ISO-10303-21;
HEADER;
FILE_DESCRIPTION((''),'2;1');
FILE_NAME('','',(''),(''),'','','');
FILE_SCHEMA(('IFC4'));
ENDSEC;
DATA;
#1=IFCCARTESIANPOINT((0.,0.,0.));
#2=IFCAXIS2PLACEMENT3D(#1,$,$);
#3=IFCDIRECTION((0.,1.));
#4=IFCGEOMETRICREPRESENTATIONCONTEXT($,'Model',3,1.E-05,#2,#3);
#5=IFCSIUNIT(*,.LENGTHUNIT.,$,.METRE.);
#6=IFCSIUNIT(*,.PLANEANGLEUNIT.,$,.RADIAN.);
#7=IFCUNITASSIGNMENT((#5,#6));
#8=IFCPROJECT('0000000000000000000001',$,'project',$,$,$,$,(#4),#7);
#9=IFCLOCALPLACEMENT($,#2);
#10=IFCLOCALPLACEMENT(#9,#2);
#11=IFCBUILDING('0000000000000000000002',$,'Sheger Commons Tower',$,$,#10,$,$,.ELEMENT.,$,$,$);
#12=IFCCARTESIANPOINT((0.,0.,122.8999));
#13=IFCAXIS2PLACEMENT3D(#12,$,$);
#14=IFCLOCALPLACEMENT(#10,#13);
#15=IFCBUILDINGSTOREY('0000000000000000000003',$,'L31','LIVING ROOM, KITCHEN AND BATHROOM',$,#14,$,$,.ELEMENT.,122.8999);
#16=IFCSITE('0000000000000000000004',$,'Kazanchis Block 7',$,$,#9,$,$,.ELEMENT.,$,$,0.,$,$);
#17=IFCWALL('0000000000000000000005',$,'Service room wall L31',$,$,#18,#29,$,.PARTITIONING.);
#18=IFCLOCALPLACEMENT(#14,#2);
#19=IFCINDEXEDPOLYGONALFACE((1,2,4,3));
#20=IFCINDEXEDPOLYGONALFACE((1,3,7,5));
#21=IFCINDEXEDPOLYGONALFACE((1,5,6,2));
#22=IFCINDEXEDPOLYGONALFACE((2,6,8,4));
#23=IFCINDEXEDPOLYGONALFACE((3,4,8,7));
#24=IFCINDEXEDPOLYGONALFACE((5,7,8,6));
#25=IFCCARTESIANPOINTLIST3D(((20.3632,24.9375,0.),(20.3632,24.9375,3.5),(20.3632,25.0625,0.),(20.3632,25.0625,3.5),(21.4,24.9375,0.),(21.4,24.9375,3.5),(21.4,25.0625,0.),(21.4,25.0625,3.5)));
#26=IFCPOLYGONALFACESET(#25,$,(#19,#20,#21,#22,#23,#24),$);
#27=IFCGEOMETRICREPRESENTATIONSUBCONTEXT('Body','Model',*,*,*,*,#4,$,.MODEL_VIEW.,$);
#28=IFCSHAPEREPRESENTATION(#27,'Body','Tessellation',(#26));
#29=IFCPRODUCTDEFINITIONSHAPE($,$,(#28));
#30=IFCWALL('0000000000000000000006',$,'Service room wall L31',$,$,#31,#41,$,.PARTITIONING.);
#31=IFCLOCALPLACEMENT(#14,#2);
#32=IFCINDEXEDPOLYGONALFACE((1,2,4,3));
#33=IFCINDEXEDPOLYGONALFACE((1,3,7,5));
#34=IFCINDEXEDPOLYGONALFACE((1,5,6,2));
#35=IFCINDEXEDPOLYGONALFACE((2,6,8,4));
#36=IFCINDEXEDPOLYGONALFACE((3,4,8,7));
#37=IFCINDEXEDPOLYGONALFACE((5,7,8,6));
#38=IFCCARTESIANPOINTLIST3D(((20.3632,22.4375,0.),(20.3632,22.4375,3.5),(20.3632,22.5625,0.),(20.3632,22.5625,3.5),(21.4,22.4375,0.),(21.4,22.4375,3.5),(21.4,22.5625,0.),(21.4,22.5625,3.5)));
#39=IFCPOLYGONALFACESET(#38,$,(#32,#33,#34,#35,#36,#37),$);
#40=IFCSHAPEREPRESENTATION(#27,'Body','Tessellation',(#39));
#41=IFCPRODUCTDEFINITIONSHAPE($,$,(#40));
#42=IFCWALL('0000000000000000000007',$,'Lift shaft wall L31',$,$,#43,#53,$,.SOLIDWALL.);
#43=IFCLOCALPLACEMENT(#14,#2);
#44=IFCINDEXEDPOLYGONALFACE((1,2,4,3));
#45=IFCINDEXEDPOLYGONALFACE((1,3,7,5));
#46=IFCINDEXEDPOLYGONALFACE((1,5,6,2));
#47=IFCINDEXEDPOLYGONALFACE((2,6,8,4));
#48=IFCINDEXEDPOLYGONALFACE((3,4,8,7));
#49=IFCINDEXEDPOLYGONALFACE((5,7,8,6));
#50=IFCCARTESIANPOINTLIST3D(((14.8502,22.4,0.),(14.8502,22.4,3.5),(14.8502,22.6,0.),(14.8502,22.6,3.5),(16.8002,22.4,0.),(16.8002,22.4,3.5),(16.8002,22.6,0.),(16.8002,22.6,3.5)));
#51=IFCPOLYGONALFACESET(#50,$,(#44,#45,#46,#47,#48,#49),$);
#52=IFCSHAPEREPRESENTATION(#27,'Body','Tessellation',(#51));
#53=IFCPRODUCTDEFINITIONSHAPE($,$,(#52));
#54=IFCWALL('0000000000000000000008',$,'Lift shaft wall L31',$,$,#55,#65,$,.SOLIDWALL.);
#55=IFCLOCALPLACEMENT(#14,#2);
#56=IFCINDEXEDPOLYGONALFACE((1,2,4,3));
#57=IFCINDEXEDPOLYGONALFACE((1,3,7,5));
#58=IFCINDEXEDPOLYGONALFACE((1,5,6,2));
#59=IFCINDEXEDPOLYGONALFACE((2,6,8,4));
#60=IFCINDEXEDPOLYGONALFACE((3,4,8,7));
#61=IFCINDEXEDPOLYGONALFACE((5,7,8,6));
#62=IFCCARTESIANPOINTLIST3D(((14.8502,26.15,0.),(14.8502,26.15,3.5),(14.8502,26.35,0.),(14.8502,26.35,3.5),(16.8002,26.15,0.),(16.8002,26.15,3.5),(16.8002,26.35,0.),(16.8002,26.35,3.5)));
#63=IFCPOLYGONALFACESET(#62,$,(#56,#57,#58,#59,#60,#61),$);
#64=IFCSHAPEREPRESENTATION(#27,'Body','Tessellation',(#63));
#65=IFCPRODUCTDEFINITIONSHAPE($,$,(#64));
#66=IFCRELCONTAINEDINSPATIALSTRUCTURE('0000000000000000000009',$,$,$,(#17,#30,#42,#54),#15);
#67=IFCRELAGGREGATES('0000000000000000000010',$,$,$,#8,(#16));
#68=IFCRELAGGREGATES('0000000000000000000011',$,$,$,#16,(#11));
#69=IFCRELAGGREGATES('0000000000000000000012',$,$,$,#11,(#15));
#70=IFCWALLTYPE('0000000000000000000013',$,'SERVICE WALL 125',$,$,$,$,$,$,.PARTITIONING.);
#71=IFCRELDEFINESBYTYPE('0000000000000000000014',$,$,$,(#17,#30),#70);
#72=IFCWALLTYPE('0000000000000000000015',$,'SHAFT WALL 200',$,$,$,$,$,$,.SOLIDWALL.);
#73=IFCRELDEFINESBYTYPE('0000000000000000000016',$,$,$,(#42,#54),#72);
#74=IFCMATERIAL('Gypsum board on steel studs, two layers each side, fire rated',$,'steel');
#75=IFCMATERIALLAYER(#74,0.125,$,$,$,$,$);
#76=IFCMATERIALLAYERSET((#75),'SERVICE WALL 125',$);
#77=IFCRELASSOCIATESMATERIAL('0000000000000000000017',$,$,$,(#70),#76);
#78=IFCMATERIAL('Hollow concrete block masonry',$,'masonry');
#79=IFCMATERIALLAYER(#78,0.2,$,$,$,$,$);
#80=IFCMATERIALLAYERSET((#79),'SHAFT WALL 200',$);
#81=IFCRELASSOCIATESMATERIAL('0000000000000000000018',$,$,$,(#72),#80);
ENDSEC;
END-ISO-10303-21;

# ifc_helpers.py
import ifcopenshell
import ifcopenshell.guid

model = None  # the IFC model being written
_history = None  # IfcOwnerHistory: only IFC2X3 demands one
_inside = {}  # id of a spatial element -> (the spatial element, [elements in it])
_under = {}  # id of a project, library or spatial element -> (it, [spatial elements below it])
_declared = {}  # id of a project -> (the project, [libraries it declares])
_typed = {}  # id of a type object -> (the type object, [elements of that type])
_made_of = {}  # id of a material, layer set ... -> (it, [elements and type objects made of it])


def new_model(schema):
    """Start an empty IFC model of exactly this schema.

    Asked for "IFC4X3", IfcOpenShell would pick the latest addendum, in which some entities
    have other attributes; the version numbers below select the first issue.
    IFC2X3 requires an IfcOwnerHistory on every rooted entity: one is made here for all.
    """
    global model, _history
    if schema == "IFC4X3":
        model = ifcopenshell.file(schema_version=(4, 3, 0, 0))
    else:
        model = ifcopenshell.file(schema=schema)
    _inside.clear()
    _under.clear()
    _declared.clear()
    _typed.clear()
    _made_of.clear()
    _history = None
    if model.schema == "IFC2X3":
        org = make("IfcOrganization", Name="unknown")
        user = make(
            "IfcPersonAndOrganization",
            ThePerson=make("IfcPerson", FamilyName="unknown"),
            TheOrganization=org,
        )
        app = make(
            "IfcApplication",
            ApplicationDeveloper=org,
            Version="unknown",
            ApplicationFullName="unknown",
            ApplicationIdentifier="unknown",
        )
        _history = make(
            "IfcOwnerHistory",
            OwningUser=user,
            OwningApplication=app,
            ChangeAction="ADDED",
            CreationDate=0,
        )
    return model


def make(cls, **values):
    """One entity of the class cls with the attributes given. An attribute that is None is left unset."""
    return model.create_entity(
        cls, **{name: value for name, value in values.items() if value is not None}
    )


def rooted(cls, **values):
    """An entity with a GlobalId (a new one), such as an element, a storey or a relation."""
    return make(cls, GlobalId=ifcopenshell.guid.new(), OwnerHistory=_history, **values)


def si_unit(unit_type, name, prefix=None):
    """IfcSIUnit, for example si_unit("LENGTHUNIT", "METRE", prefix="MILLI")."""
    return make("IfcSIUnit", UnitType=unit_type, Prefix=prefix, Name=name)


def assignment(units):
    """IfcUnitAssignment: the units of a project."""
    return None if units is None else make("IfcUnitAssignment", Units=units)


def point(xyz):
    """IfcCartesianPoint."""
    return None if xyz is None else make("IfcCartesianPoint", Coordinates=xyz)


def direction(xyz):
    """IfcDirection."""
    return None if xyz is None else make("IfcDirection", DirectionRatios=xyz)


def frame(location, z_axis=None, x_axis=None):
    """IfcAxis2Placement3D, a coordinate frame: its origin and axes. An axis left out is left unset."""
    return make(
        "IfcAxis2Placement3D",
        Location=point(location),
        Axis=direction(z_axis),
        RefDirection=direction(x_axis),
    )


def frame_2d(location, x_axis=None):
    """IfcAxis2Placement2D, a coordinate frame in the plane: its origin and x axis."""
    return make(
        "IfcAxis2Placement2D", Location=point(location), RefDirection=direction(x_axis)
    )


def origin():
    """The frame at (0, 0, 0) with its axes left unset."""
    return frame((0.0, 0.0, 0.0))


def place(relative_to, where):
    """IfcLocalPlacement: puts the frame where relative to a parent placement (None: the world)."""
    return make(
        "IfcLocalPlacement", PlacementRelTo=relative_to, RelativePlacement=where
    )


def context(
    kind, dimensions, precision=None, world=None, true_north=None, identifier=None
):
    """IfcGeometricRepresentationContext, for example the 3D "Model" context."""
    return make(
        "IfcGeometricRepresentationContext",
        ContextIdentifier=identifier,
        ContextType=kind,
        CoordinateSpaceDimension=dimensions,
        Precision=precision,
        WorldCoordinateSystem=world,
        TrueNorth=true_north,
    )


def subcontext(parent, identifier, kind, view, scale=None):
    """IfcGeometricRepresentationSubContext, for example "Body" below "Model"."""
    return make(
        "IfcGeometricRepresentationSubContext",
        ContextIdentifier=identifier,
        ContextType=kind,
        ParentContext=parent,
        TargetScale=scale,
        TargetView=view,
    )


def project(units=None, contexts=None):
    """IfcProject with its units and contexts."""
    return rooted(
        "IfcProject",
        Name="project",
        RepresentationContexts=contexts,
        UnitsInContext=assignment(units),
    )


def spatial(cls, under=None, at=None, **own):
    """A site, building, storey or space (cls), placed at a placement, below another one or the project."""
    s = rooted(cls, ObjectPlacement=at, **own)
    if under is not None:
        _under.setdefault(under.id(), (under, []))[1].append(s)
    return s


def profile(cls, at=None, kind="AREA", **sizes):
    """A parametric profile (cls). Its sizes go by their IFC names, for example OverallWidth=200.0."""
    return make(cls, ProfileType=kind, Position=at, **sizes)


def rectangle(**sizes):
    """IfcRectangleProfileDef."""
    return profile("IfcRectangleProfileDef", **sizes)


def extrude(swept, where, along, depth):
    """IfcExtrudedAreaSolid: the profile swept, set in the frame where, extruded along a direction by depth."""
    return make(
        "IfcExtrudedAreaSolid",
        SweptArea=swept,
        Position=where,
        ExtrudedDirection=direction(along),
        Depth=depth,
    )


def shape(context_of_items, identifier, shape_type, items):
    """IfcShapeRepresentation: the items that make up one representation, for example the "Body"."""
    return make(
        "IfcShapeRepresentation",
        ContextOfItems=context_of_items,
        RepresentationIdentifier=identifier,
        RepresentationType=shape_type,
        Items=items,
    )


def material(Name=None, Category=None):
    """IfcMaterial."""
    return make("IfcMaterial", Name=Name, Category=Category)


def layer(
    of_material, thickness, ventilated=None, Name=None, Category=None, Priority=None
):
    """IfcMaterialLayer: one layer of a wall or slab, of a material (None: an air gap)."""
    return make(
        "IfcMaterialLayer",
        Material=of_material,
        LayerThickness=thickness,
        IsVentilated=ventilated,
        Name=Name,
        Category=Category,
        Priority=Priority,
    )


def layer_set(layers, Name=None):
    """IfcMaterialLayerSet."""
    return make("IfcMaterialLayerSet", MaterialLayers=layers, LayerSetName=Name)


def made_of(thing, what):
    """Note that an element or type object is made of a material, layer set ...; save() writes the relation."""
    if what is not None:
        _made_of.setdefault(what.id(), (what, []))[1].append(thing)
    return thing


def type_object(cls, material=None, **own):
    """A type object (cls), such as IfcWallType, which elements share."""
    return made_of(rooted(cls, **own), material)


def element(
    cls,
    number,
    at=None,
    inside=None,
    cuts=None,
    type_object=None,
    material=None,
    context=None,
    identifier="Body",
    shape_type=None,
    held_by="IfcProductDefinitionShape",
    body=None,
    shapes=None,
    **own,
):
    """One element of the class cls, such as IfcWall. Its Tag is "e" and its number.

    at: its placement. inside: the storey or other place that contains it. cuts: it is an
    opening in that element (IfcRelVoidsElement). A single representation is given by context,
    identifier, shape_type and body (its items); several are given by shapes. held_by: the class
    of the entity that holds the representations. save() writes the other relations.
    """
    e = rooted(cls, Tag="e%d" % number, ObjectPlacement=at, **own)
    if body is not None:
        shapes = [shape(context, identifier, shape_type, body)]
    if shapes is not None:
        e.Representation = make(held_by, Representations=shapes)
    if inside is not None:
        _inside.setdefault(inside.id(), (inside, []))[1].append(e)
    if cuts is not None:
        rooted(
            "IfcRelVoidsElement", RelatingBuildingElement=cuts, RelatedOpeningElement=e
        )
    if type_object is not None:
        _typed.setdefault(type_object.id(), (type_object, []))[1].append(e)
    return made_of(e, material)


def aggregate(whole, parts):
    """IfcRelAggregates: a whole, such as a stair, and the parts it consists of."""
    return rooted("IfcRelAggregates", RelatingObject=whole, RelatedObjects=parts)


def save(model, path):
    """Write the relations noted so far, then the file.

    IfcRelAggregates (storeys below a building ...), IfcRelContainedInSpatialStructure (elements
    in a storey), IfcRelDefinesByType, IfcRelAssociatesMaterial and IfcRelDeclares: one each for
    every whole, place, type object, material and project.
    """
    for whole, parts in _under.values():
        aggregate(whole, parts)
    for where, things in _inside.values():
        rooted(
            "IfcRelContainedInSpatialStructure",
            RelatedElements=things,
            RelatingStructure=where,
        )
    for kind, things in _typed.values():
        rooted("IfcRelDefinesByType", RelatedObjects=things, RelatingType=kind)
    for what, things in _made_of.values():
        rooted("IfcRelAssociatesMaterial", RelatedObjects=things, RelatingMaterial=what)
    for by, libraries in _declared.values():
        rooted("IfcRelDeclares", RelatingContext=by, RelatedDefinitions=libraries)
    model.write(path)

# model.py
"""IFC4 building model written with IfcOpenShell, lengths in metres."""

from ifc_helpers import new_model, si_unit, direction, frame, frame_2d, origin, place, context, subcontext, project, spatial, rectangle, extrude, material, layer, layer_set, type_object, element, save


model = new_model("IFC4")

# Units and contexts
model_context = context("Model", 3, precision=1e-05, world=origin(), true_north=direction((0.0, 1.0)))
body_context = subcontext(model_context, "Body", "Model", "MODEL_VIEW")
ifc_project = project(units=[si_unit("LENGTHUNIT", "METRE"), si_unit("PLANEANGLEUNIT", "RADIAN")], contexts=[model_context])

# Site, building, storey
site_placement = place(None, origin())
site = spatial("IfcSite", under=ifc_project, at=site_placement, Name="Kazanchis Block 7", CompositionType="ELEMENT", RefElevation=0.0)
building_placement = place(site_placement, origin())
building = spatial("IfcBuilding", under=site, at=building_placement, Name="Sheger Commons Tower", CompositionType="ELEMENT")
storey_placement = place(building_placement, frame((0.0, 0.0, 122.8999)))
storey = spatial("IfcBuildingStorey", under=building, at=storey_placement, Name="L31", Description="LIVING ROOM, KITCHEN AND BATHROOM", CompositionType="ELEMENT", Elevation=122.8999)

# Shared definitions
ifc_material_1 = material(Name="Gypsum board on steel studs, two layers each side, fire rated", Category="steel")
ifc_layer_1 = layer(ifc_material_1, 0.125)
ifc_layer_set_1 = layer_set([ifc_layer_1], Name="SERVICE WALL 125")
wall_type_1 = type_object("IfcWallType", Name="SERVICE WALL 125", PredefinedType="PARTITIONING", material=ifc_layer_set_1)

# Walls
for number, where, z_axis, x_axis, name in (
    (1, (20.363, 25.0, 0.0), (0.0, 0.0, 1.0), (1.0, 0.0, 0.0), "Service room wall L31"),
    (2, (20.363, 22.5, 0.0), (0.0, 0.0, 1.0), (1.0, 0.0, 0.0), "Service room wall L31"),
):
    element("IfcWall", number, at=place(storey_placement, frame(where, z_axis=z_axis, x_axis=x_axis)), inside=storey, type_object=wall_type_1, Name=name, PredefinedType="PARTITIONING", context=body_context, shape_type="SweptSolid", body=[
        extrude(rectangle(XDim=1.0369, YDim=0.125, at=frame_2d((0.5186, 0.0))), origin(), (0.0, 0.0, 1.0), 3.5),
    ])
ifc_material_2 = material(Name="Hollow concrete block masonry", Category="masonry")
ifc_layer_2 = layer(ifc_material_2, 0.2)
ifc_layer_set_2 = layer_set([ifc_layer_2], Name="SHAFT WALL 200")
wall_type_2 = type_object("IfcWallType", Name="SHAFT WALL 200", PredefinedType="SOLIDWALL", material=ifc_layer_set_2)
for number, where, z_axis, x_axis, name in (
    (3, (14.8501, 22.5, 0.0), (0.0, 0.0, 1.0), (1.0, 0.0, 0.0), "Lift shaft wall L31"),
    (4, (14.8501, 26.25, 0.0), (0.0, 0.0, 1.0), (1.0, 0.0, 0.0), "Lift shaft wall L31"),
):
    element("IfcWall", number, at=place(storey_placement, frame(where, z_axis=z_axis, x_axis=x_axis)), inside=storey, type_object=wall_type_2, Name=name, PredefinedType="SOLIDWALL", context=body_context, shape_type="SweptSolid", body=[
        extrude(rectangle(XDim=1.95, YDim=0.2, at=frame_2d((0.9751, 0.0))), origin(), (0.0, 0.0, 1.0), 3.5),
    ])

save(model, "model.ifc")
